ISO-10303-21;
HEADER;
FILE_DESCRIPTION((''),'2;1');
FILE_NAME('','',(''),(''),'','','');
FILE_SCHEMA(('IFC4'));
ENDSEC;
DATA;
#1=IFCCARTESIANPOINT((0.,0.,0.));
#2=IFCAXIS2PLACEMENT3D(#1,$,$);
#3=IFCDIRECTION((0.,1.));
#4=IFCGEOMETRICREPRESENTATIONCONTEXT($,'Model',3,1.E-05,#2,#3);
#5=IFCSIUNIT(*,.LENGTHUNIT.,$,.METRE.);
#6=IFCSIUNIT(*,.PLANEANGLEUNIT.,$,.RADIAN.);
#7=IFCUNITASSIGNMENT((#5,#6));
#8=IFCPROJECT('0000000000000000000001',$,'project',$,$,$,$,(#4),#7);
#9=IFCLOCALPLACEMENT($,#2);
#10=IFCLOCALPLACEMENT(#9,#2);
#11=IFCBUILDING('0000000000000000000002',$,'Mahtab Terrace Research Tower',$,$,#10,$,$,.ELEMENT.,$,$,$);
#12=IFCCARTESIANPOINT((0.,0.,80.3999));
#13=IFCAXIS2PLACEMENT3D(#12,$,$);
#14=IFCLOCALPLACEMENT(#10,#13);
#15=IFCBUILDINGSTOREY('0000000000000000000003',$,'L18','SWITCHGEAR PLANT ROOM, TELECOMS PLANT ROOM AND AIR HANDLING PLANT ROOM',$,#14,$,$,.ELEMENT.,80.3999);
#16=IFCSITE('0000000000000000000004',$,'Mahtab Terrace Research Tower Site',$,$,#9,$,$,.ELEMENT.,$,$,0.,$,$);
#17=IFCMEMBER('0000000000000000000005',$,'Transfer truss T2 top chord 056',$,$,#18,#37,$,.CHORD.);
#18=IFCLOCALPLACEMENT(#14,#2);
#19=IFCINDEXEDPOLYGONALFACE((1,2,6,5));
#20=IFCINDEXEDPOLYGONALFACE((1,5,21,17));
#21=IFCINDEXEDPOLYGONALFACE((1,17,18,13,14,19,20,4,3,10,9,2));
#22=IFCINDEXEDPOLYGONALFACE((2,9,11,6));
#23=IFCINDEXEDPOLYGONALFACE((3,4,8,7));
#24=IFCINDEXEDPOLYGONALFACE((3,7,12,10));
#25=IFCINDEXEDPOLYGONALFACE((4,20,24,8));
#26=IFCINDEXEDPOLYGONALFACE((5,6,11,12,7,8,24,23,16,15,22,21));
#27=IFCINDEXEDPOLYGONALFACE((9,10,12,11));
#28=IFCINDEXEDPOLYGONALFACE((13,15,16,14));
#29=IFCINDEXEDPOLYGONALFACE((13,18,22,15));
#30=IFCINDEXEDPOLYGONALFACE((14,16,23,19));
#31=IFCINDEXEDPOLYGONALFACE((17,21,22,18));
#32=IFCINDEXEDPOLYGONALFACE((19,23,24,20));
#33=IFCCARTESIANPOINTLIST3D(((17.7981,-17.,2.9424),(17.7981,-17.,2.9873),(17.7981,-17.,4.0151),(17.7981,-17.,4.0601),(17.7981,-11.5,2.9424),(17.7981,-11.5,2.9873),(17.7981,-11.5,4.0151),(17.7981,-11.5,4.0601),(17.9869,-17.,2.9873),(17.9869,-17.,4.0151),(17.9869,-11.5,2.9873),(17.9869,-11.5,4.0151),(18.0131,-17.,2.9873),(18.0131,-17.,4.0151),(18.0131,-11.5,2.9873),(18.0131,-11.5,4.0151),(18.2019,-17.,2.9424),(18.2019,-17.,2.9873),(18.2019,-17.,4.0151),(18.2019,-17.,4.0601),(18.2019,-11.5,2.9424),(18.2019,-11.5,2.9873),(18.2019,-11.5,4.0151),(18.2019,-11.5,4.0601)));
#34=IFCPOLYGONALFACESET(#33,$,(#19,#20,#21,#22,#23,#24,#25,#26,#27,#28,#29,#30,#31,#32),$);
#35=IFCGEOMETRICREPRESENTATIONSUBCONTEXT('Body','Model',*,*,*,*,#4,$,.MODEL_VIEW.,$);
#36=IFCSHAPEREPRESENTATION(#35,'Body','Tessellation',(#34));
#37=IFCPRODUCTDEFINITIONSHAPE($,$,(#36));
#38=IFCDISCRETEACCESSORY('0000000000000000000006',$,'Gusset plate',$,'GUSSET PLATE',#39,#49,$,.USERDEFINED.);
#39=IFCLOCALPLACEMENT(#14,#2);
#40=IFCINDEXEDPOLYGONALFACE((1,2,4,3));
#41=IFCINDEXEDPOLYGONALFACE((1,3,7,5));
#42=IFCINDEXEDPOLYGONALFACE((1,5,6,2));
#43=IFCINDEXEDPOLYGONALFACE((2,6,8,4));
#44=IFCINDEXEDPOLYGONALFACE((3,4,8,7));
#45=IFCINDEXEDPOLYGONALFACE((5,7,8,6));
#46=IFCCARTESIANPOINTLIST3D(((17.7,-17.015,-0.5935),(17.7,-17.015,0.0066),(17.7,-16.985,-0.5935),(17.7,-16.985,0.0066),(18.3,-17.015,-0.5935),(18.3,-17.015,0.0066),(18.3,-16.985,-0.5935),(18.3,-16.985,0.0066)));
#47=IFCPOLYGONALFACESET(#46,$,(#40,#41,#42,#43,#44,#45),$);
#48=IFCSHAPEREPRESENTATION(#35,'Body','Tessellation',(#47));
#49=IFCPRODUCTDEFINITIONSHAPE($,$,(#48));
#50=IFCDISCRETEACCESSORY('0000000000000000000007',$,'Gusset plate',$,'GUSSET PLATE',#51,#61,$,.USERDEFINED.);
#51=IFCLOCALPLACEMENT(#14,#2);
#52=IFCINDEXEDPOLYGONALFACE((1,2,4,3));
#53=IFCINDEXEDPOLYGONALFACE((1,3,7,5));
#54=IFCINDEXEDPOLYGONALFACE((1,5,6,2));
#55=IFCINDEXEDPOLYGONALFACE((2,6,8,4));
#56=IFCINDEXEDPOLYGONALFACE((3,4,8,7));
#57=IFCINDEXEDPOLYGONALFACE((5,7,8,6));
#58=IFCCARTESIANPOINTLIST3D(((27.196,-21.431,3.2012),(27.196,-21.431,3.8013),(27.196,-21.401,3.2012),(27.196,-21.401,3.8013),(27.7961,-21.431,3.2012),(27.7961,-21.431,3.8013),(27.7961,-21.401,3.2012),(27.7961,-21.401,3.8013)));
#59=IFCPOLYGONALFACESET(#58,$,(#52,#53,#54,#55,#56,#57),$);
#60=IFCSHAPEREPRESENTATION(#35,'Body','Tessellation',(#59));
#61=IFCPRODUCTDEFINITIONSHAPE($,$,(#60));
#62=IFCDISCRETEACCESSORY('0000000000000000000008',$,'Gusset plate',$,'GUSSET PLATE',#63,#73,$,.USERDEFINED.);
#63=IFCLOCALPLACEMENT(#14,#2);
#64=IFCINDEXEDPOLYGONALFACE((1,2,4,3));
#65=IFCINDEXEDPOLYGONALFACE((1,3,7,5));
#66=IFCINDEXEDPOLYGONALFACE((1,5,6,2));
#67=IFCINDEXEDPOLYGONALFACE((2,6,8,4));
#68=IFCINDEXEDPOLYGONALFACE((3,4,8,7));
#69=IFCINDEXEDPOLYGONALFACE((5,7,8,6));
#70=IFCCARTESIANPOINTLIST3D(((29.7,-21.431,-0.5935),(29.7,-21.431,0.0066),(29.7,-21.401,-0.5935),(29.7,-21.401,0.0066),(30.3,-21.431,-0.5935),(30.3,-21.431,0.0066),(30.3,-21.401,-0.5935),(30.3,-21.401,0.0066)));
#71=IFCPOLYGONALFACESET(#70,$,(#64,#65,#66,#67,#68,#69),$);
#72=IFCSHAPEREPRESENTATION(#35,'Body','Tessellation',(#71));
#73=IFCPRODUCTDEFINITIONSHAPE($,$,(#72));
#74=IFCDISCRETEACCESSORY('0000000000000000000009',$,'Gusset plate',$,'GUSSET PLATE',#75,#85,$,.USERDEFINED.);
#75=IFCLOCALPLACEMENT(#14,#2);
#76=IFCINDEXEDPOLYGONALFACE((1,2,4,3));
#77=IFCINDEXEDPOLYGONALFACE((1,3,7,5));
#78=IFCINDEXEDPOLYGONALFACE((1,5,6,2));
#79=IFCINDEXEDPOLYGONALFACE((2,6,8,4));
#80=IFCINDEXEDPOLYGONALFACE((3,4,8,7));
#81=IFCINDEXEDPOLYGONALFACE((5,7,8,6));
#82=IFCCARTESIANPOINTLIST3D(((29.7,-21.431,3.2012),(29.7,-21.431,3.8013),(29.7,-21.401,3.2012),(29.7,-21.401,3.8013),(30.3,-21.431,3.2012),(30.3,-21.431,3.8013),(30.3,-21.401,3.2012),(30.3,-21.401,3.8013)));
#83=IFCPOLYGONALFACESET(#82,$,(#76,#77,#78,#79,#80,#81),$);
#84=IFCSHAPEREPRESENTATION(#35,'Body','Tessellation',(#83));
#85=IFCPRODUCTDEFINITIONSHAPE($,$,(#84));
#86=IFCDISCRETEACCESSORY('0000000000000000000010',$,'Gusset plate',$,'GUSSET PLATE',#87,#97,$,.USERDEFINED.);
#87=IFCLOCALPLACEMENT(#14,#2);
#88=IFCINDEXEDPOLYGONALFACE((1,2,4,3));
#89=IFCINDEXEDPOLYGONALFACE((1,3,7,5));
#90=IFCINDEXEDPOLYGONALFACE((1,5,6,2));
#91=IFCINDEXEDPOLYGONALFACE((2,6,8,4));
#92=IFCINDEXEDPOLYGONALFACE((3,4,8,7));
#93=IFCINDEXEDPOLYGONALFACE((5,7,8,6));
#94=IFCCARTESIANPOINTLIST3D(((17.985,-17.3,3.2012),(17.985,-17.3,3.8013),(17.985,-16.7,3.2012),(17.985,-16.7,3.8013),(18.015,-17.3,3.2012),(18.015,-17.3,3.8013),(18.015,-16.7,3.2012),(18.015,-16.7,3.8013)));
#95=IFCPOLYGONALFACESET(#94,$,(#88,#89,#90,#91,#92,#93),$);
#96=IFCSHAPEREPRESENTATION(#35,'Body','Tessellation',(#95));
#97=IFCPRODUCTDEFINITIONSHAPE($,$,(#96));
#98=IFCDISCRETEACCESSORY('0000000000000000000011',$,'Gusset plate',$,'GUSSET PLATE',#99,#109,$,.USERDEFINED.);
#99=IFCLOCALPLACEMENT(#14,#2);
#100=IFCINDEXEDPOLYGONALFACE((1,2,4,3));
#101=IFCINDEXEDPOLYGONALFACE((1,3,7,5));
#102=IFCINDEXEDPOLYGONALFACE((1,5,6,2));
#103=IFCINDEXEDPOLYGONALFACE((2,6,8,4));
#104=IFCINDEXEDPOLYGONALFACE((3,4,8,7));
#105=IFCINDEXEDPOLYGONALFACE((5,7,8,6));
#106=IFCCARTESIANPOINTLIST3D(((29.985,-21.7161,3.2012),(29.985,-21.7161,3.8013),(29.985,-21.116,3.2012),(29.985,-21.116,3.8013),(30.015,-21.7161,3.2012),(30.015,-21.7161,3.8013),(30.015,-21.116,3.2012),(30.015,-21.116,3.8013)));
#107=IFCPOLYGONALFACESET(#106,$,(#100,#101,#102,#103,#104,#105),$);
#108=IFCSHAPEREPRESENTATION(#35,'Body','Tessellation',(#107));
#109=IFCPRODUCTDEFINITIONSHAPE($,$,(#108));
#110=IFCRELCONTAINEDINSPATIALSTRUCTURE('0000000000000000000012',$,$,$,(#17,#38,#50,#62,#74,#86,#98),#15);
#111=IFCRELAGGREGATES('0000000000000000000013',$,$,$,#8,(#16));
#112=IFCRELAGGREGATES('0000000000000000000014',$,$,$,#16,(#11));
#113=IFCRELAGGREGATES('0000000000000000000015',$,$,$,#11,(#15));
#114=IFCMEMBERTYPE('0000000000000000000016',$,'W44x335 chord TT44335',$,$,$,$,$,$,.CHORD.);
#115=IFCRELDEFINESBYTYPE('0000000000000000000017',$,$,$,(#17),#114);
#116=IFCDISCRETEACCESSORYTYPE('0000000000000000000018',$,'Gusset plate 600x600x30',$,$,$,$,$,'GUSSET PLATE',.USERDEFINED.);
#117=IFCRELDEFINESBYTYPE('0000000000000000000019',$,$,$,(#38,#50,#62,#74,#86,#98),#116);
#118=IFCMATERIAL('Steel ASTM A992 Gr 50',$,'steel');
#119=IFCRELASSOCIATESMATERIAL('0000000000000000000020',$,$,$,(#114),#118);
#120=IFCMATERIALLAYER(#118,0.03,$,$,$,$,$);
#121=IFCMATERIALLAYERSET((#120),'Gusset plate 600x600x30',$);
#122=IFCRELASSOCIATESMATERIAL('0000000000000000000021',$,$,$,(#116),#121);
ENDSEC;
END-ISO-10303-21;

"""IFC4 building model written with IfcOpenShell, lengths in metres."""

from ifc_helpers import new_model, si_unit, direction, frame, origin, origin_2d, place, context, subcontext, project, spatial, rectangle, i_section, extrude, material, layer, layer_set, material_profile, profile_set, type_object, element, save


model = new_model("IFC4")

# Units and contexts
model_context = context("Model", 3, precision=1e-05, world=origin(), true_north=direction((0.0, 1.0)))
body_context = subcontext(model_context, "Body", "Model", "MODEL_VIEW")
ifc_project = project(units=[si_unit("LENGTHUNIT", "METRE"), si_unit("PLANEANGLEUNIT", "RADIAN")], contexts=[model_context])

# Site, building, storey
site_placement = place(None, origin())
site = spatial("IfcSite", under=ifc_project, at=site_placement, Name="Mahtab Terrace Research Tower Site", CompositionType="ELEMENT", RefElevation=0.0)
building_placement = place(site_placement, origin())
building = spatial("IfcBuilding", under=site, at=building_placement, Name="Mahtab Terrace Research Tower", CompositionType="ELEMENT")
storey_placement = place(building_placement, frame((0.0, 0.0, 80.3999)))
storey = spatial("IfcBuildingStorey", under=building, at=storey_placement, Name="L18", Description="SWITCHGEAR PLANT ROOM, TELECOMS PLANT ROOM AND AIR HANDLING PLANT ROOM", CompositionType="ELEMENT", Elevation=80.3999)

# Shared definitions
ifc_material_1 = material(Name="Steel ASTM A992 Gr 50", Category="steel")

# Member
ifc_material_profile_1 = material_profile(ifc_material_1, i_section(OverallWidth=0.4038, OverallDepth=1.1177, WebThickness=0.0261, FlangeThickness=0.0449, at=origin_2d()), Name="W44X335")
ifc_profile_set_1 = profile_set([ifc_material_profile_1], Name="Steel ASTM A992 Gr 50")
member_type_1 = type_object("IfcMemberType", Name="W44x335 chord TT44335", PredefinedType="CHORD", material=ifc_profile_set_1)
member_1_placement = place(storey_placement, frame((18.0, -17.0, 3.5012), z_axis=(0.0, 1.0, 0.0), x_axis=(-1.0, 0.0, 0.0)))
element("IfcMember", 1, at=member_1_placement, inside=storey, type_object=member_type_1, Name="Transfer truss T2 top chord 056", PredefinedType="CHORD", context=body_context, shape_type="SweptSolid", body=[
    extrude(i_section(OverallWidth=0.4038, OverallDepth=1.1177, WebThickness=0.0261, FlangeThickness=0.0449, at=origin_2d()), origin(), (0.0, 0.0, 1.0), 5.5),
])

# Discrete accessories
ifc_layer = layer(ifc_material_1, 0.03)
ifc_layer_set = layer_set([ifc_layer], Name="Gusset plate 600x600x30")
discrete_accessory_type = type_object("IfcDiscreteAccessoryType", Name="Gusset plate 600x600x30", ElementType="GUSSET PLATE", PredefinedType="USERDEFINED", material=ifc_layer_set)
for number, where, z_axis, x_axis, name in (
    (2, (18.0, -17.0, -0.5935), (0.0, 0.0, 1.0), (1.0, 0.0, 0.0), "Gusset plate"),
    (3, (27.4961, -21.416, 3.2012), (0.0, 0.0, 1.0), (1.0, 0.0, 0.0), "Gusset plate"),
    (4, (30.0, -21.416, -0.5935), (0.0, 0.0, 1.0), (1.0, 0.0, 0.0), "Gusset plate"),
    (5, (30.0, -21.416, 3.2012), (0.0, 0.0, 1.0), (1.0, 0.0, 0.0), "Gusset plate"),
    (6, (18.0, -17.0, 3.2012), (0.0, 0.0, 1.0), (0.0, 1.0, 0.0), "Gusset plate"),
    (7, (30.0, -21.416, 3.2012), (0.0, 0.0, 1.0), (0.0, 1.0, 0.0), "Gusset plate"),
):
    element("IfcDiscreteAccessory", number, at=place(storey_placement, frame(where, z_axis=z_axis, x_axis=x_axis)), inside=storey, type_object=discrete_accessory_type, Name=name, ObjectType="GUSSET PLATE", PredefinedType="USERDEFINED", context=body_context, shape_type="SweptSolid", body=[
        extrude(rectangle(XDim=0.6001, YDim=0.03, at=origin_2d()), origin(), (0.0, 0.0, 1.0), 0.6001),
    ])

save(model, "model.ifc")
